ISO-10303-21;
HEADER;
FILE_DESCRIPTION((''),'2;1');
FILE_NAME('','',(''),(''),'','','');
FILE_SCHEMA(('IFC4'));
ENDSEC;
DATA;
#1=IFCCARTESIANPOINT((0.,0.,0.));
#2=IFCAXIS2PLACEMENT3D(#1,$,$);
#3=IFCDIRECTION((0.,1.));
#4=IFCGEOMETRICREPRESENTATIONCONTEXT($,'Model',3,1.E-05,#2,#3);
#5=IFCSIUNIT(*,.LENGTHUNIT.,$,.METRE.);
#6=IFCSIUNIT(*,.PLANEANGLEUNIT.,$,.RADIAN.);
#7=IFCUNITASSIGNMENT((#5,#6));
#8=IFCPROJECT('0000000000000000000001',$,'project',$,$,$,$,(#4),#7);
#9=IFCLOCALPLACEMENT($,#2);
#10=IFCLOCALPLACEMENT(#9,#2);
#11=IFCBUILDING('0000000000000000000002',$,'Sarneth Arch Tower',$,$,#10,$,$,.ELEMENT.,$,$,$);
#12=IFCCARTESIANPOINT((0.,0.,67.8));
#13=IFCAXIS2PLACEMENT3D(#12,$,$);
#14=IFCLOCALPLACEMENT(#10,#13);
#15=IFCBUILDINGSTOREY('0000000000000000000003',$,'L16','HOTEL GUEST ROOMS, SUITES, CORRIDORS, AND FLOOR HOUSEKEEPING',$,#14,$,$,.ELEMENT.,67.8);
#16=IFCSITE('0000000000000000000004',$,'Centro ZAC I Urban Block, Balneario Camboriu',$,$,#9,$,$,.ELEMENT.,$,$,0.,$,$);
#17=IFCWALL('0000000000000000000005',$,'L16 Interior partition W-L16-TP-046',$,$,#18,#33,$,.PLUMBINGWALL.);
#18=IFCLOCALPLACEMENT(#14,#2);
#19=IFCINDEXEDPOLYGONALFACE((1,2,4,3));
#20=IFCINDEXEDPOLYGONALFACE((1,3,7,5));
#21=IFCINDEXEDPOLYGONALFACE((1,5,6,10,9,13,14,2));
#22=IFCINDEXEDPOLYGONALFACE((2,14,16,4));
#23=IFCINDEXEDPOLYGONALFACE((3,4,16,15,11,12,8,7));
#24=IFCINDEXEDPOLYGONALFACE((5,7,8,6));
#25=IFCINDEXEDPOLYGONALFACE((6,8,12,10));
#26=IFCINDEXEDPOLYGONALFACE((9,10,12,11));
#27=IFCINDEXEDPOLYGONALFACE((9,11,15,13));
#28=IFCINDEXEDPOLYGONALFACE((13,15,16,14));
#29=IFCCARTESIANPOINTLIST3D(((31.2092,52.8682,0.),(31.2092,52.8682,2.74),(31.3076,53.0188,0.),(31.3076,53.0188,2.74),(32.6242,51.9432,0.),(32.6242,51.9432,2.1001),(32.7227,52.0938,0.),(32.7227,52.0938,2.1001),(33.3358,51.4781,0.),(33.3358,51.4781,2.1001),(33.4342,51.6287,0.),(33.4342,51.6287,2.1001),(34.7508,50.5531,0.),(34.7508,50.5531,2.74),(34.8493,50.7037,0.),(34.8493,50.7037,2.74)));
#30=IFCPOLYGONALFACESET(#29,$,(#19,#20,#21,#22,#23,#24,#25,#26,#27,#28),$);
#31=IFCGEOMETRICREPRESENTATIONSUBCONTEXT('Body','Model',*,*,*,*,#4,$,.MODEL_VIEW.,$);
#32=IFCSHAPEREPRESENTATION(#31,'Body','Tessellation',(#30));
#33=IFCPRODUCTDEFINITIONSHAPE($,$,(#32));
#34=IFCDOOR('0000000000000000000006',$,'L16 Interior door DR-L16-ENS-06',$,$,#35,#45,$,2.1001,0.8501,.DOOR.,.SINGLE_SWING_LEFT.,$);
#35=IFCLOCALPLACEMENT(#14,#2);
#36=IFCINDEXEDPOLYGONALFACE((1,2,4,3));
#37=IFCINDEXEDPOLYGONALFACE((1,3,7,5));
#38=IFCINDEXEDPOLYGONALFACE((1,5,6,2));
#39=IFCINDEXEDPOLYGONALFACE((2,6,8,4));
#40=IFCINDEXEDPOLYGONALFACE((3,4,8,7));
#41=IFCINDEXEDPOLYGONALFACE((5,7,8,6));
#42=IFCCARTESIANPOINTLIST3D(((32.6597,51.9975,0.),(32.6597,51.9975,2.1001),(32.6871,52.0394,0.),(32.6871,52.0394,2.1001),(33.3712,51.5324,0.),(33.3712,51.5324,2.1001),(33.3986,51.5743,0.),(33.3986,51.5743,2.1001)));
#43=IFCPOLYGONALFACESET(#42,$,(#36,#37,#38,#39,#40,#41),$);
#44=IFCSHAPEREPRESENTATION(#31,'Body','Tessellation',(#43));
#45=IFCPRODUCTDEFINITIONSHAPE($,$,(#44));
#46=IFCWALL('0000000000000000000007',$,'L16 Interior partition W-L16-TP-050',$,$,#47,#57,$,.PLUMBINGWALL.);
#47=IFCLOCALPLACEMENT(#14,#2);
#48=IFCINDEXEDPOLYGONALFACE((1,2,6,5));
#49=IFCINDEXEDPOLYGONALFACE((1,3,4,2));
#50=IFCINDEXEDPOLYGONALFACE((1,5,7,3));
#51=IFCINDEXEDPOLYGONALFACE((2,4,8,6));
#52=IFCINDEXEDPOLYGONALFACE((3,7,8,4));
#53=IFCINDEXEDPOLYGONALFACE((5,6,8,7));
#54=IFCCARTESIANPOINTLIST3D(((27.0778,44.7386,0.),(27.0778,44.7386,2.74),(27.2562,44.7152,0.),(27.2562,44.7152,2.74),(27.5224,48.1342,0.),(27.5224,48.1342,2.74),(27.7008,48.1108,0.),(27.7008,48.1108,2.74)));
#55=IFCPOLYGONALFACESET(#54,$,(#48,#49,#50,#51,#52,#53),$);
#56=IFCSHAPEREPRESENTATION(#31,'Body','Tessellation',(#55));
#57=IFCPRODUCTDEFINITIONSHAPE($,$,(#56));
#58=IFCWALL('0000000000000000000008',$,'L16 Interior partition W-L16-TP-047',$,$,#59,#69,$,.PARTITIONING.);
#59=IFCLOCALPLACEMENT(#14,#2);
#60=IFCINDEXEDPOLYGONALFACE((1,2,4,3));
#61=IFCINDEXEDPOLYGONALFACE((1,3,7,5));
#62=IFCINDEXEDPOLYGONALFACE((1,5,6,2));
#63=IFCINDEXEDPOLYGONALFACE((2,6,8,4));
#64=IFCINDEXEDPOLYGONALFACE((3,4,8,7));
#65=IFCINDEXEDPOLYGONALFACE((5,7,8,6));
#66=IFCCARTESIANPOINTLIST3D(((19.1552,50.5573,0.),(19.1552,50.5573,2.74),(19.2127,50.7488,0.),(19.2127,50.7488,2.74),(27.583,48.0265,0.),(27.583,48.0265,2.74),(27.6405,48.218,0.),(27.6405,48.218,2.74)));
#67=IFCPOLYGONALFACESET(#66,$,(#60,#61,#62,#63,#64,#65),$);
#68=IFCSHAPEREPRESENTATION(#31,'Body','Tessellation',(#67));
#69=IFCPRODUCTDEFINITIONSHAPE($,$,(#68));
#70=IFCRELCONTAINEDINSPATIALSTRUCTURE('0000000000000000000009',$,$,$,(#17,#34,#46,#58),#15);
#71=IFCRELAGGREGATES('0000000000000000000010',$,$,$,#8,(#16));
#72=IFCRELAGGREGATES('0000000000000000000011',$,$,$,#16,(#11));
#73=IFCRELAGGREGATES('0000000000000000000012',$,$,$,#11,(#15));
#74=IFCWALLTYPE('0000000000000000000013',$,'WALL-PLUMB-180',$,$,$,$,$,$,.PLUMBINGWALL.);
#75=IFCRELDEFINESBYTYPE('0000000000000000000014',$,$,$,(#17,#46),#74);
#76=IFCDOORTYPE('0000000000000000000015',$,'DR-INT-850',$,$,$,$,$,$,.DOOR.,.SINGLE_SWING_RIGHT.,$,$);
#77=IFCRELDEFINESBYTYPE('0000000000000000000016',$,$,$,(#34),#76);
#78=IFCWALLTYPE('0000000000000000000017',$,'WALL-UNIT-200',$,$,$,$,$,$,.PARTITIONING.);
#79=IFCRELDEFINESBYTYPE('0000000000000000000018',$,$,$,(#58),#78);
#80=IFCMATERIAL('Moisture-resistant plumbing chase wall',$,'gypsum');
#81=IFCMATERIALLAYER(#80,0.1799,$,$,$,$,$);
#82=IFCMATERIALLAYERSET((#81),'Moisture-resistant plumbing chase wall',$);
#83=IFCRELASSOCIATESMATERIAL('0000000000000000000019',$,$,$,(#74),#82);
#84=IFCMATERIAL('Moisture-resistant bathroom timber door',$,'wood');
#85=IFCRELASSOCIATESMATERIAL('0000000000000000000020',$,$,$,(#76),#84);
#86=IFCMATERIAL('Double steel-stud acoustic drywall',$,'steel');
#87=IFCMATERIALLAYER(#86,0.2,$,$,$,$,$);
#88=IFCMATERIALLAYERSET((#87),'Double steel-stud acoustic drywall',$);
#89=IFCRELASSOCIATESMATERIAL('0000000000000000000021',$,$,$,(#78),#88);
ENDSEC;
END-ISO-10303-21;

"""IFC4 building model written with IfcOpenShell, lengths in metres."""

from ifc_helpers import new_model, si_unit, direction, frame, frame_2d, origin, place, context, subcontext, project, spatial, rectangle, extrude, material, layer, layer_set, type_object, element, fill, save


model = new_model("IFC4")

# Units and contexts
model_context = context("Model", 3, precision=1e-05, world=origin(), true_north=direction((0.0, 1.0)))
body_context = subcontext(model_context, "Body", "Model", "MODEL_VIEW")
ifc_project = project(units=[si_unit("LENGTHUNIT", "METRE"), si_unit("PLANEANGLEUNIT", "RADIAN")], contexts=[model_context])

# Site, building, storey
site_placement = place(None, origin())
site = spatial("IfcSite", under=ifc_project, at=site_placement, Name="Centro ZAC I Urban Block, Balneario Camboriu", CompositionType="ELEMENT", RefElevation=0.0)
building_placement = place(site_placement, origin())
building = spatial("IfcBuilding", under=site, at=building_placement, Name="Sarneth Arch Tower", CompositionType="ELEMENT")
storey_placement = place(building_placement, frame((0.0, 0.0, 67.8)))
storey = spatial("IfcBuildingStorey", under=building, at=storey_placement, Name="L16", Description="HOTEL GUEST ROOMS, SUITES, CORRIDORS, AND FLOOR HOUSEKEEPING", CompositionType="ELEMENT", Elevation=67.8)

# Shared definitions
ifc_material_1 = material(Name="Moisture-resistant plumbing chase wall", Category="gypsum")
ifc_layer_1 = layer(ifc_material_1, 0.1799)
ifc_layer_set_1 = layer_set([ifc_layer_1], Name="Moisture-resistant plumbing chase wall")
wall_type_1 = type_object("IfcWallType", Name="WALL-PLUMB-180", PredefinedType="PLUMBINGWALL", material=ifc_layer_set_1)

# Wall, opening, door
wall_1_placement = place(storey_placement, frame((31.2583, 52.9436, 0.0), z_axis=(0.0, 0.0, 1.0), x_axis=(0.837032, -0.547155, 0.0)))
wall_1 = element("IfcWall", 1, at=wall_1_placement, inside=storey, type_object=wall_type_1, Name="L16 Interior partition W-L16-TP-046", PredefinedType="PLUMBINGWALL", context=body_context, shape_type="SweptSolid", body=[
    extrude(rectangle(XDim=4.2312, YDim=0.1799, at=frame_2d((2.1157, 0.0))), origin(), (0.0, 0.0, 1.0), 2.74),
])
opening_1_placement = place(wall_1_placement, frame((1.6907, 0.0, 0.0)))
opening_1 = element("IfcOpeningElement", 2, at=opening_1_placement, cuts=wall_1, PredefinedType="OPENING", context=body_context, shape_type="SweptSolid", body=[
    extrude(rectangle(XDim=0.8501, YDim=2.1001, at=frame_2d((0.425, 1.05))), frame((0.0, 0.0999, 0.0), z_axis=(0.0, -1.0, 0.0), x_axis=(1.0, 0.0, 0.0)), (0.0, 0.0, 1.0), 0.2),
])
ifc_material_2 = material(Name="Moisture-resistant bathroom timber door", Category="wood")
door_type_1 = type_object("IfcDoorType", Name="DR-INT-850", OperationType="SINGLE_SWING_RIGHT", PredefinedType="DOOR", material=ifc_material_2)
door_1_placement = place(opening_1_placement, origin())
door_1 = element("IfcDoor", 3, at=door_1_placement, inside=storey, type_object=door_type_1, Name="L16 Interior door DR-L16-ENS-06", OperationType="SINGLE_SWING_LEFT", OverallHeight=2.1001, OverallWidth=0.8501, PredefinedType="DOOR", context=body_context, shape_type="SweptSolid", body=[
    extrude(rectangle(XDim=0.8501, YDim=2.1001, at=frame_2d((0.425, 1.05))), frame((0.0, 0.0249, 0.0), z_axis=(0.0, -1.0, 0.0), x_axis=(1.0, 0.0, 0.0)), (0.0, 0.0, 1.0), 0.05),
])
fill(opening_1, door_1)

# Walls
wall_2_placement = place(storey_placement, frame((27.167, 44.7268, 0.0), z_axis=(0.0, 0.0, 1.0), x_axis=(0.129824, 0.991537, 0.0)))
element("IfcWall", 4, at=wall_2_placement, inside=storey, type_object=wall_type_1, Name="L16 Interior partition W-L16-TP-050", PredefinedType="PLUMBINGWALL", context=body_context, shape_type="SweptSolid", body=[
    extrude(rectangle(XDim=3.4246, YDim=0.1799, at=frame_2d((1.7124, 0.0))), origin(), (0.0, 0.0, 1.0), 2.74),
])
ifc_material_3 = material(Name="Double steel-stud acoustic drywall", Category="steel")
ifc_layer_2 = layer(ifc_material_3, 0.2)
ifc_layer_set_2 = layer_set([ifc_layer_2], Name="Double steel-stud acoustic drywall")
wall_type_2 = type_object("IfcWallType", Name="WALL-UNIT-200", PredefinedType="PARTITIONING", material=ifc_layer_set_2)
wall_3_placement = place(storey_placement, frame((19.1838, 50.6531, 0.0), z_axis=(0.0, 0.0, 1.0), x_axis=(0.95775, -0.287602, 0.0)))
element("IfcWall", 5, at=wall_3_placement, inside=storey, type_object=wall_type_2, Name="L16 Interior partition W-L16-TP-047", PredefinedType="PARTITIONING", context=body_context, shape_type="SweptSolid", body=[
    extrude(rectangle(XDim=8.7996, YDim=0.2, at=frame_2d((4.3999, 0.0))), origin(), (0.0, 0.0, 1.0), 2.74),
])

save(model, "model.ifc")
